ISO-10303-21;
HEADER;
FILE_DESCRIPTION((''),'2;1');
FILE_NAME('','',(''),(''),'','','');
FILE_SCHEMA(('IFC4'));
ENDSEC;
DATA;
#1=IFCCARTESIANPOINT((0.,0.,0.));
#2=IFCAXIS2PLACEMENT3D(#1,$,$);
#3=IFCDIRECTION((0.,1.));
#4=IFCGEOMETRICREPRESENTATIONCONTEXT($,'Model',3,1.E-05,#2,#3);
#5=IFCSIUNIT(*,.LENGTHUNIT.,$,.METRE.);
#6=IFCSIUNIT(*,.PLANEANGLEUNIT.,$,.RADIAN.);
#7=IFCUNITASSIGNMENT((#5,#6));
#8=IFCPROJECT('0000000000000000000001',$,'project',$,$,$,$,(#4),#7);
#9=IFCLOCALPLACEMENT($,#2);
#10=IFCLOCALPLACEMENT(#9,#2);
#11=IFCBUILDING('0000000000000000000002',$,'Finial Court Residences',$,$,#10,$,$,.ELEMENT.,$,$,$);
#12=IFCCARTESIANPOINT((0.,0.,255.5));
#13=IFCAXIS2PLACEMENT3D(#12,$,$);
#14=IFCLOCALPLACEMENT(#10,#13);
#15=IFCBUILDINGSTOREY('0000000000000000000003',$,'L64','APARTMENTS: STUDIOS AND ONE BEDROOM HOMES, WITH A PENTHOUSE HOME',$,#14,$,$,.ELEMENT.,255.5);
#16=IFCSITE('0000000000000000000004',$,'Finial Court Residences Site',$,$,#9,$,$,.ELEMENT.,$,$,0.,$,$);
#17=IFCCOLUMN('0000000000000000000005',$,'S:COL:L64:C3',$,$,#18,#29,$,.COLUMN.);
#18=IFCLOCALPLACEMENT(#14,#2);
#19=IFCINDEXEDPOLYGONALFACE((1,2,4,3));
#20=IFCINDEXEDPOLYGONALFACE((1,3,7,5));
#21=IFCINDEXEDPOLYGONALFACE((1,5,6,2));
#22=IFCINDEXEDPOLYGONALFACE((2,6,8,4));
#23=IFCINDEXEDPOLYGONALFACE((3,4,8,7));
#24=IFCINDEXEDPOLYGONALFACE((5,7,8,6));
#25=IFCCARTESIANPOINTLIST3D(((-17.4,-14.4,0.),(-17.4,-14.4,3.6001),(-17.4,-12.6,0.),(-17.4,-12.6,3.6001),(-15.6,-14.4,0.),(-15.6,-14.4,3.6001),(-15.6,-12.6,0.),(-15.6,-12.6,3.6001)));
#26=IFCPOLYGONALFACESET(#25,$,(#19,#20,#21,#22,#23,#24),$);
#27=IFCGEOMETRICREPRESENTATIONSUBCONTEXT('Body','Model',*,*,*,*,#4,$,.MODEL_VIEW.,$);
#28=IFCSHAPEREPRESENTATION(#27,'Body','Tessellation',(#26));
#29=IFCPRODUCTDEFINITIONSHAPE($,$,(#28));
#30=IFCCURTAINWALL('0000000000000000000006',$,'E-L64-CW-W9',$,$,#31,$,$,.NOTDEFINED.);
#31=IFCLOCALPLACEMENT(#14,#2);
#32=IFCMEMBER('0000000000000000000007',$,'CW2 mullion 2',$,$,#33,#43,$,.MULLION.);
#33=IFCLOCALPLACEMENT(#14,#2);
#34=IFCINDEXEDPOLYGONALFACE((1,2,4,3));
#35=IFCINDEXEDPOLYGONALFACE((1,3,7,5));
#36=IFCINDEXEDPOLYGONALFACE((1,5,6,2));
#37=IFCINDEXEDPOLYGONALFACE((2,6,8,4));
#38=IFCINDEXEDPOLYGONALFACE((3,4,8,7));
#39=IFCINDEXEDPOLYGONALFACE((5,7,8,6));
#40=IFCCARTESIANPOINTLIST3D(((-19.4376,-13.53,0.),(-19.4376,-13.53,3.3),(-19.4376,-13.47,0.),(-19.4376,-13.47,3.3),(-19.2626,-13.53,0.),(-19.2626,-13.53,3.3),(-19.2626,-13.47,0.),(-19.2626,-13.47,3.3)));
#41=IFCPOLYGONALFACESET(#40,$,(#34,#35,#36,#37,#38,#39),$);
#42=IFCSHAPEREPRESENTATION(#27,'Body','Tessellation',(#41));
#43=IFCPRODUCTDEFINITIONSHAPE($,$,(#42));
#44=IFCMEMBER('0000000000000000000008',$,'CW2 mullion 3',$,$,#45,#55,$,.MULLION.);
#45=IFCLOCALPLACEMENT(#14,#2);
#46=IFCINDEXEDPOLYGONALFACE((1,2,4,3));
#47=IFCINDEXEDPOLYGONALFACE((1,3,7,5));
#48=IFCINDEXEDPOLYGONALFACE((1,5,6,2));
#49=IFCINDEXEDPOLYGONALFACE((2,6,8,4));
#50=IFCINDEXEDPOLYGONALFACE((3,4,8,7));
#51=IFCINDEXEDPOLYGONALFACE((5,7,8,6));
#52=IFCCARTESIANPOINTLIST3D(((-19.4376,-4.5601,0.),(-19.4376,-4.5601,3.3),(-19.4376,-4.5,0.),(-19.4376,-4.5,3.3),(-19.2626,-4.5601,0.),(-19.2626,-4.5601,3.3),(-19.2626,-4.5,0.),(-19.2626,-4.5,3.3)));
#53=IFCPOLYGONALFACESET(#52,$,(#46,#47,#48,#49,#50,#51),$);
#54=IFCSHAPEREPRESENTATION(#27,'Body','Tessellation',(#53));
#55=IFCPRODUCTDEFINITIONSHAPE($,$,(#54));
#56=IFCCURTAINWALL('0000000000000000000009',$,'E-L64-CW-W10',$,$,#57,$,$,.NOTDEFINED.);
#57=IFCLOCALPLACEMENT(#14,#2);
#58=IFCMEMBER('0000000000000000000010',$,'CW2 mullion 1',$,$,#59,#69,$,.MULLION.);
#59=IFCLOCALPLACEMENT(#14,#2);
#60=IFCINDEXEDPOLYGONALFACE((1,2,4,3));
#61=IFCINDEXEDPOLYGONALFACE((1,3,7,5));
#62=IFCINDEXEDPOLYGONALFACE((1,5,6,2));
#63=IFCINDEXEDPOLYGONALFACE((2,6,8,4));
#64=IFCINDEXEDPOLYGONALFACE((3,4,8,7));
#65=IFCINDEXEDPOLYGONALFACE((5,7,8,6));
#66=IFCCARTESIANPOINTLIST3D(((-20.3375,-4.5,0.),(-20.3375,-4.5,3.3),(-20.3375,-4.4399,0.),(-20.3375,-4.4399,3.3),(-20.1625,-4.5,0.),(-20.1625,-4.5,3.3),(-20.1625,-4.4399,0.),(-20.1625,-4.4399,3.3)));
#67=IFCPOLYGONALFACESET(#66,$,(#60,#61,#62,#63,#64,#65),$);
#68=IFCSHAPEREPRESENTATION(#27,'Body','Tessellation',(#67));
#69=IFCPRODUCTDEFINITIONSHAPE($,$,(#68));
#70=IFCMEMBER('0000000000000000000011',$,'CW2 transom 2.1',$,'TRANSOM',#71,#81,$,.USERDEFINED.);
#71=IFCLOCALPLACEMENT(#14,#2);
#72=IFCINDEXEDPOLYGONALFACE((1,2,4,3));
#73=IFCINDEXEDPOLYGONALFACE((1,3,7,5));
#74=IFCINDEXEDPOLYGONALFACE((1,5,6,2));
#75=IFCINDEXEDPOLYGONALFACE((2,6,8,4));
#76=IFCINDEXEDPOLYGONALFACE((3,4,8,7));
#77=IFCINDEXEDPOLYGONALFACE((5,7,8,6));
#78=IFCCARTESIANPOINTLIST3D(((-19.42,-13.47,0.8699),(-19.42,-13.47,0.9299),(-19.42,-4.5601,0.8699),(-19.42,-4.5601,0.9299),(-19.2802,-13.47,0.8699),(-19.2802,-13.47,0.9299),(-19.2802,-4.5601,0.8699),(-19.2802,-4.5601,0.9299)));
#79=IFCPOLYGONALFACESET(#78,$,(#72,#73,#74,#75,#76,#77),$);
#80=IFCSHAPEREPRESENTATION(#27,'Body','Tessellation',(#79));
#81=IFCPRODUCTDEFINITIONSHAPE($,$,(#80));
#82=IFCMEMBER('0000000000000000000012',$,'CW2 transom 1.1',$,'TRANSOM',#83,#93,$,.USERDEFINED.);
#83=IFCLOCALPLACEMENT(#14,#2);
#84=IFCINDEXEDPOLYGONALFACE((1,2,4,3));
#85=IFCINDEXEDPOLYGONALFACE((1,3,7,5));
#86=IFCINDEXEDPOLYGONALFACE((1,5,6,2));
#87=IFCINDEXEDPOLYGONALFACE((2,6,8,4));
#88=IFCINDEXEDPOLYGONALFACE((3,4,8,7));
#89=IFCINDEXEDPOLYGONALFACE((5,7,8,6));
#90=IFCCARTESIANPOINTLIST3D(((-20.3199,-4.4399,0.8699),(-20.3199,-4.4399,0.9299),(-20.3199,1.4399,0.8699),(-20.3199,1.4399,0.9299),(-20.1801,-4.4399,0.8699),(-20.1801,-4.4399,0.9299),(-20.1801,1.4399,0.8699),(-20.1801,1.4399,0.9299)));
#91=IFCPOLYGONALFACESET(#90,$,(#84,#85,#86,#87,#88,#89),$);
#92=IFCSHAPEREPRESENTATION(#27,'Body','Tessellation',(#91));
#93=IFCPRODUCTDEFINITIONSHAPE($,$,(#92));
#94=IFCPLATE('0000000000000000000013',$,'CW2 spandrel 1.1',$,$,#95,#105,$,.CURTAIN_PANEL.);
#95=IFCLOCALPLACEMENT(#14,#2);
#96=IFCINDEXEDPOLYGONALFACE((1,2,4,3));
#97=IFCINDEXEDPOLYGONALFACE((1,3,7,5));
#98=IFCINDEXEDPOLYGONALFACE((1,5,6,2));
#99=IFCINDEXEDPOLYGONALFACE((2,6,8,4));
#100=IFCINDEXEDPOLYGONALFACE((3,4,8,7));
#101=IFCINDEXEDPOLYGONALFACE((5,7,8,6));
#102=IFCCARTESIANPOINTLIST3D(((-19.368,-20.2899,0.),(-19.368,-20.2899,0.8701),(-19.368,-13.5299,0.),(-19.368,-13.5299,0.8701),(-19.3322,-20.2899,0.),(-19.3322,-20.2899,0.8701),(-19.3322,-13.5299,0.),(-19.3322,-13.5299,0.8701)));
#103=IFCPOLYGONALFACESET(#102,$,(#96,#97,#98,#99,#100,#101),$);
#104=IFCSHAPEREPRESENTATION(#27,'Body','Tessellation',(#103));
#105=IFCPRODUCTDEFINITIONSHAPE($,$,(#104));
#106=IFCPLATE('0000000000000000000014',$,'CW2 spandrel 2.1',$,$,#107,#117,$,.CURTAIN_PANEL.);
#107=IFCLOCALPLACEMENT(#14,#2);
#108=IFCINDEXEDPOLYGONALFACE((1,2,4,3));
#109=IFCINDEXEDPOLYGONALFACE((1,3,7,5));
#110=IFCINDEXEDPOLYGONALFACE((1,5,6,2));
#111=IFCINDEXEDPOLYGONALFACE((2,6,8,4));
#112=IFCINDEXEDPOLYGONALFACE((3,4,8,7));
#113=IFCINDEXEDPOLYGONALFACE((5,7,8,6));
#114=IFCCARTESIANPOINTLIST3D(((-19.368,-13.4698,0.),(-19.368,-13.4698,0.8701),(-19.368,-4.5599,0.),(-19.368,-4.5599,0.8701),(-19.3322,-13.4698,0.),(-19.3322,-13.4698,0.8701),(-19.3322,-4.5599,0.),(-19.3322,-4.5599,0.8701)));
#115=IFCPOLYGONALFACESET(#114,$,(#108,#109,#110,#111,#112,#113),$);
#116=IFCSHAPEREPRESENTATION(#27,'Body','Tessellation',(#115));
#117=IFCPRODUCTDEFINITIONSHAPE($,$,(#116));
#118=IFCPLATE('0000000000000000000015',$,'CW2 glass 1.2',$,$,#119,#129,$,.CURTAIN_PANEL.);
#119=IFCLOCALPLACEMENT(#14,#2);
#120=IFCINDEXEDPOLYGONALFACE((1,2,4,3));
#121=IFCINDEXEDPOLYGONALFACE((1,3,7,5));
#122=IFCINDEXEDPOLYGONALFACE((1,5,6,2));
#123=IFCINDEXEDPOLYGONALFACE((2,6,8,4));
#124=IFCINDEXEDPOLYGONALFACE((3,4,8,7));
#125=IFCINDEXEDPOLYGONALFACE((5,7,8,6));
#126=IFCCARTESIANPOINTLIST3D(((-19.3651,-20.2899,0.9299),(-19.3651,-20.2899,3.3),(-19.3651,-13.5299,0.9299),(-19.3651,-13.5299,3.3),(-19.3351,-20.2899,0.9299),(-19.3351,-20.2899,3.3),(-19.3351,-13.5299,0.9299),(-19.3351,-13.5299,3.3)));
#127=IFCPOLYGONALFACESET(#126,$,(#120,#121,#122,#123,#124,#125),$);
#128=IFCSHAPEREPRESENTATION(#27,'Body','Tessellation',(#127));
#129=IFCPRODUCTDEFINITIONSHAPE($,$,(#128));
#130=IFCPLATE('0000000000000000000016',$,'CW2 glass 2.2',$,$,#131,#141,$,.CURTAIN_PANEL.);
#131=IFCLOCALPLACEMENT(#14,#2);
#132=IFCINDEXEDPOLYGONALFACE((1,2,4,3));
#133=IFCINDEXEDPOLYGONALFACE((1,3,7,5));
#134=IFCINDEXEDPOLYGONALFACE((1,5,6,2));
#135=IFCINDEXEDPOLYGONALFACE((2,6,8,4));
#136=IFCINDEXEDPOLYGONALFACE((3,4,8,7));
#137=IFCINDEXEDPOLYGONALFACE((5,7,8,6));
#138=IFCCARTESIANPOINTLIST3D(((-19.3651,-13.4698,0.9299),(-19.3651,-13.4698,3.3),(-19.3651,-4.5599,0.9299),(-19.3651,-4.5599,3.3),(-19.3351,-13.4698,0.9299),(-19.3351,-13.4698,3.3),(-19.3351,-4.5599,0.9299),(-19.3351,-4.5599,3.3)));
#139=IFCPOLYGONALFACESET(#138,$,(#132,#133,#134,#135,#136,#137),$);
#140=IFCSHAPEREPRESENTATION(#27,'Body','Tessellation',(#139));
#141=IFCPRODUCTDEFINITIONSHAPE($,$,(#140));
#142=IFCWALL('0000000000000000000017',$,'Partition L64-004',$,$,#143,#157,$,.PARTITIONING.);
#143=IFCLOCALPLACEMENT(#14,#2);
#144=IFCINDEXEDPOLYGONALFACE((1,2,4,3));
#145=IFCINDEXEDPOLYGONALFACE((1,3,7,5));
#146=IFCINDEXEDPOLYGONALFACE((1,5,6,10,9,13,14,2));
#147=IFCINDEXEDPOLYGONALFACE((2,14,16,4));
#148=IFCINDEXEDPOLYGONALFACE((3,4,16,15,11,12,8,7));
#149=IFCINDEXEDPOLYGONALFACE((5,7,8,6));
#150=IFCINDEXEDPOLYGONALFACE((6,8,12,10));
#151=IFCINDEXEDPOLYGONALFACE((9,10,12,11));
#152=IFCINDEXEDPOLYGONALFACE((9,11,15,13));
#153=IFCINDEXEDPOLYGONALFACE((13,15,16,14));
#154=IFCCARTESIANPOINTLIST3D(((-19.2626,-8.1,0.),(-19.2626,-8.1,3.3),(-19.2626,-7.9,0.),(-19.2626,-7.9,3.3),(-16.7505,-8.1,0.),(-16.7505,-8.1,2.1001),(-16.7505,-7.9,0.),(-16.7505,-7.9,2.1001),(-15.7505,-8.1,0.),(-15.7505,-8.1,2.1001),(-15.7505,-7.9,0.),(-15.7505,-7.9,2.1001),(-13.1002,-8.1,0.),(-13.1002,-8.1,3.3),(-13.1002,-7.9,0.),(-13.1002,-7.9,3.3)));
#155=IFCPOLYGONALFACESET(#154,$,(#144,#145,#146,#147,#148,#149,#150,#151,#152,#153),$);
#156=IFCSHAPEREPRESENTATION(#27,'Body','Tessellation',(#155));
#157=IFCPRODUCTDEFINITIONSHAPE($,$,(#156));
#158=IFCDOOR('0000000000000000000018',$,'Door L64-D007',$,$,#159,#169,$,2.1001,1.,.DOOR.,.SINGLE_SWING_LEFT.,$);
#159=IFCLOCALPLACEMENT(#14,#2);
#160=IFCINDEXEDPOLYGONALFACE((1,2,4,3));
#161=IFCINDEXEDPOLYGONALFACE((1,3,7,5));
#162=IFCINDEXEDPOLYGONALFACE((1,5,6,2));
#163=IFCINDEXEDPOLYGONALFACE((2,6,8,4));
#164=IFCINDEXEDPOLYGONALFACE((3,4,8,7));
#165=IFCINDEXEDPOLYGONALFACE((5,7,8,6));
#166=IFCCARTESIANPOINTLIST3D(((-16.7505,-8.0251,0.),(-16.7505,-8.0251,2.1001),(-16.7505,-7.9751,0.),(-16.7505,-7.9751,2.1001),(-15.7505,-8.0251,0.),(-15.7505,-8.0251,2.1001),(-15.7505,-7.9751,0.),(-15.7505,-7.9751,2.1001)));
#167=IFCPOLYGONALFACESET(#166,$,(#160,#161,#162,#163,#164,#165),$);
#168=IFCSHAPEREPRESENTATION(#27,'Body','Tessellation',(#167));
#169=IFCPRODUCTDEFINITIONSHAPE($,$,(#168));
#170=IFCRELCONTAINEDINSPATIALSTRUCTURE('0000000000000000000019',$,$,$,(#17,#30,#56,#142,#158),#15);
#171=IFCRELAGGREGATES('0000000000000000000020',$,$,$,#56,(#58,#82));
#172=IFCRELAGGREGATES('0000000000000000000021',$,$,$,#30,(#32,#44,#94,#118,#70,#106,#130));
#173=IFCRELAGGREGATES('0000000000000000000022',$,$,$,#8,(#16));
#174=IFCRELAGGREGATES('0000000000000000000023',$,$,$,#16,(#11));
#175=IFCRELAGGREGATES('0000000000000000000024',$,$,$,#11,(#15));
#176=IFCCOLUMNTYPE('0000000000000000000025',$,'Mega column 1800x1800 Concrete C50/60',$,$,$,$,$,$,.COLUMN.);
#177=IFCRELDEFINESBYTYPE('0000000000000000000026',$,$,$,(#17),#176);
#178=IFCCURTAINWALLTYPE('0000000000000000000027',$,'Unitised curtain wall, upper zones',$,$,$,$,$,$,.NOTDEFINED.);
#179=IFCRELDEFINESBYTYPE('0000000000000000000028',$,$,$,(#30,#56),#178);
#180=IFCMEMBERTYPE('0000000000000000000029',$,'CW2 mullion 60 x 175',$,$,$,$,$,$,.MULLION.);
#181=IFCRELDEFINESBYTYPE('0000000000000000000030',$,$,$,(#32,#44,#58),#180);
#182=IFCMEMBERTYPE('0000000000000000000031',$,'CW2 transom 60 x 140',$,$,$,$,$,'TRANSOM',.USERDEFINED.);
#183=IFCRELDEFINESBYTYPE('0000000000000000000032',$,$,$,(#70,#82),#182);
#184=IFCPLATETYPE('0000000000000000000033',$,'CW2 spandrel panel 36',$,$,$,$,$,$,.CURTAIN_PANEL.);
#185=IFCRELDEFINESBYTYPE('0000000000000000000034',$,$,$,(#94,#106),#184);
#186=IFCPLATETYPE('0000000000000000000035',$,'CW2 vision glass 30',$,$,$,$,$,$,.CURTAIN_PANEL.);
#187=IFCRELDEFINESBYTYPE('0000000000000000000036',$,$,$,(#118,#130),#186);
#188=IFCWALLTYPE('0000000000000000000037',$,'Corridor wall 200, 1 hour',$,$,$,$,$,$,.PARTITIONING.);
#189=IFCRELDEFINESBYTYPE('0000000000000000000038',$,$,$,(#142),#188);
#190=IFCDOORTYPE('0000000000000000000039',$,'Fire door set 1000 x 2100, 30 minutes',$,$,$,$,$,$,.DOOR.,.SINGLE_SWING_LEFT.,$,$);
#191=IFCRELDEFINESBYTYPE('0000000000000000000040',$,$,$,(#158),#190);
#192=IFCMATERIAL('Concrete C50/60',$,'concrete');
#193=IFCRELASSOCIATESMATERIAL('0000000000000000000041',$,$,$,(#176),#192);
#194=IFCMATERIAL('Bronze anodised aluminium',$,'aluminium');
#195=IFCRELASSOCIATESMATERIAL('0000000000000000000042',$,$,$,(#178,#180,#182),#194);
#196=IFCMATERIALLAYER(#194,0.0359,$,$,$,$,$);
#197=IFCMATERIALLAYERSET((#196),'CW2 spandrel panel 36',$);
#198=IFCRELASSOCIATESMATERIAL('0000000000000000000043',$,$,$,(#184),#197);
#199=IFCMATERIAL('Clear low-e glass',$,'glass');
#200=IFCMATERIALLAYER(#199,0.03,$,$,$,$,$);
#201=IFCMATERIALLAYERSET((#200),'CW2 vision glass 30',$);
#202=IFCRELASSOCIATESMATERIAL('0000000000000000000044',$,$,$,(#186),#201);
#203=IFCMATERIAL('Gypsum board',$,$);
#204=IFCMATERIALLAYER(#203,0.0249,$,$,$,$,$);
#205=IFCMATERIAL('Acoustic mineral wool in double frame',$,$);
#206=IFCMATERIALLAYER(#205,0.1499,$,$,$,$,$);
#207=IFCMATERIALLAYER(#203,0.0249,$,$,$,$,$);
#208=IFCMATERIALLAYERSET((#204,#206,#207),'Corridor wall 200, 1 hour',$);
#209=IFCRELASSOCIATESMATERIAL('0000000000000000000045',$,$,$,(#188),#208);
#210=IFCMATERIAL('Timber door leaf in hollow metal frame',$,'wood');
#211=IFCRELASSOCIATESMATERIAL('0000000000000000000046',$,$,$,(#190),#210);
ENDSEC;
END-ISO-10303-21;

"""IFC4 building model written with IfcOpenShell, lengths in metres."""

from ifc_helpers import new_model, si_unit, direction, frame, frame_2d, origin, origin_2d, place, context, subcontext, project, spatial, rectangle, extrude, material, layer, layer_set, material_profile, profile_set, type_object, element, fill, aggregate, save


model = new_model("IFC4")

# Units and contexts
model_context = context("Model", 3, precision=1e-05, world=origin(), true_north=direction((0.0, 1.0)))
body_context = subcontext(model_context, "Body", "Model", "MODEL_VIEW")
ifc_project = project(units=[si_unit("LENGTHUNIT", "METRE"), si_unit("PLANEANGLEUNIT", "RADIAN")], contexts=[model_context])

# Site, building, storey
site_placement = place(None, origin())
site = spatial("IfcSite", under=ifc_project, at=site_placement, Name="Finial Court Residences Site", CompositionType="ELEMENT", RefElevation=0.0)
building_placement = place(site_placement, origin())
building = spatial("IfcBuilding", under=site, at=building_placement, Name="Finial Court Residences", CompositionType="ELEMENT")
storey_placement = place(building_placement, frame((0.0, 0.0, 255.5)))
storey = spatial("IfcBuildingStorey", under=building, at=storey_placement, Name="L64", Description="APARTMENTS: STUDIOS AND ONE BEDROOM HOMES, WITH A PENTHOUSE HOME", CompositionType="ELEMENT", Elevation=255.5)

# Column
ifc_material_1 = material(Name="Concrete C50/60", Category="concrete")
ifc_material_profile_1 = material_profile(ifc_material_1, rectangle(XDim=1.8, YDim=1.8, at=origin_2d()), Name="1800x1800")
ifc_profile_set_1 = profile_set([ifc_material_profile_1], Name="Concrete C50/60")
column_type = type_object("IfcColumnType", Name="Mega column 1800x1800 Concrete C50/60", PredefinedType="COLUMN", material=ifc_profile_set_1)
column_placement = place(storey_placement, frame((-16.5, -13.5, 0.0), z_axis=(0.0, 0.0, 1.0), x_axis=(1.0, 0.0, 0.0)))
element("IfcColumn", 1, at=column_placement, inside=storey, type_object=column_type, Name="S:COL:L64:C3", PredefinedType="COLUMN", context=body_context, shape_type="SweptSolid", body=[
    extrude(rectangle(XDim=1.8, YDim=1.8, at=origin_2d()), origin(), (0.0, 0.0, 1.0), 3.6001),
])

# Curtain wall, members
ifc_material_2 = material(Name="Bronze anodised aluminium", Category="aluminium")
curtain_wall_type = type_object("IfcCurtainWallType", Name="Unitised curtain wall, upper zones", PredefinedType="NOTDEFINED", material=ifc_material_2)
curtain_wall_1_placement = place(storey_placement, origin())
curtain_wall_1 = element("IfcCurtainWall", 2, at=curtain_wall_1_placement, inside=storey, type_object=curtain_wall_type, Name="E-L64-CW-W9", PredefinedType="NOTDEFINED")
ifc_material_profile_2 = material_profile(ifc_material_2, rectangle(XDim=0.175, YDim=0.0601, at=origin_2d()), Name="CW2 mullion 60 x 175")
ifc_profile_set_2 = profile_set([ifc_material_profile_2], Name="Bronze anodised aluminium")
member_type_1 = type_object("IfcMemberType", Name="CW2 mullion 60 x 175", PredefinedType="MULLION", material=ifc_profile_set_2)
member_1_placement = place(storey_placement, frame((-19.3501, -13.5, 0.0), z_axis=(0.0, 0.0, 1.0), x_axis=(-1.0, 0.0, 0.0)))
member_1 = element("IfcMember", 3, at=member_1_placement, type_object=member_type_1, Name="CW2 mullion 2", PredefinedType="MULLION", context=body_context, shape_type="SweptSolid", body=[
    extrude(rectangle(XDim=0.175, YDim=0.0601, at=origin_2d()), origin(), (0.0, 0.0, 1.0), 3.3),
])
member_2_placement = place(storey_placement, frame((-19.3501, -4.53, 0.0), z_axis=(0.0, 0.0, 1.0), x_axis=(-1.0, 0.0, 0.0)))
member_2 = element("IfcMember", 4, at=member_2_placement, type_object=member_type_1, Name="CW2 mullion 3", PredefinedType="MULLION", context=body_context, shape_type="SweptSolid", body=[
    extrude(rectangle(XDim=0.175, YDim=0.0601, at=origin_2d()), origin(), (0.0, 0.0, 1.0), 3.3),
])

# Curtain wall, member
curtain_wall_2_placement = place(storey_placement, origin())
curtain_wall_2 = element("IfcCurtainWall", 5, at=curtain_wall_2_placement, inside=storey, type_object=curtain_wall_type, Name="E-L64-CW-W10", PredefinedType="NOTDEFINED")
member_3_placement = place(storey_placement, frame((-20.25, -4.47, 0.0), z_axis=(0.0, 0.0, 1.0), x_axis=(-1.0, 0.0, 0.0)))
member_3 = element("IfcMember", 6, at=member_3_placement, type_object=member_type_1, Name="CW2 mullion 1", PredefinedType="MULLION", context=body_context, shape_type="SweptSolid", body=[
    extrude(rectangle(XDim=0.175, YDim=0.0601, at=origin_2d()), origin(), (0.0, 0.0, 1.0), 3.3),
])

# Members
ifc_material_profile_3 = material_profile(ifc_material_2, rectangle(XDim=0.1399, YDim=0.0601, at=origin_2d()), Name="CW2 transom 60 x 140")
ifc_profile_set_3 = profile_set([ifc_material_profile_3], Name="Bronze anodised aluminium")
member_type_2 = type_object("IfcMemberType", Name="CW2 transom 60 x 140", ElementType="TRANSOM", PredefinedType="USERDEFINED", material=ifc_profile_set_3)
member_4_placement = place(storey_placement, frame((-19.3501, -13.47, 0.8999), z_axis=(0.0, 1.0, 0.0), x_axis=(-1.0, 0.0, 0.0)))
member_4 = element("IfcMember", 7, at=member_4_placement, type_object=member_type_2, Name="CW2 transom 2.1", ObjectType="TRANSOM", PredefinedType="USERDEFINED", context=body_context, shape_type="SweptSolid", body=[
    extrude(rectangle(XDim=0.1399, YDim=0.0601, at=origin_2d()), origin(), (0.0, 0.0, 1.0), 8.9099),
])
member_5_placement = place(storey_placement, frame((-20.25, -4.4399, 0.8999), z_axis=(0.0, 1.0, 0.0), x_axis=(-1.0, 0.0, 0.0)))
member_5 = element("IfcMember", 8, at=member_5_placement, type_object=member_type_2, Name="CW2 transom 1.1", ObjectType="TRANSOM", PredefinedType="USERDEFINED", context=body_context, shape_type="SweptSolid", body=[
    extrude(rectangle(XDim=0.1399, YDim=0.0601, at=origin_2d()), origin(), (0.0, 0.0, 1.0), 5.8799),
])
aggregate(curtain_wall_2, [member_3, member_5])

# Plates
ifc_layer_1 = layer(ifc_material_2, 0.0359)
ifc_layer_set_1 = layer_set([ifc_layer_1], Name="CW2 spandrel panel 36")
plate_type_1 = type_object("IfcPlateType", Name="CW2 spandrel panel 36", PredefinedType="CURTAIN_PANEL", material=ifc_layer_set_1)
plate_1_placement = place(storey_placement, frame((-19.3501, -16.9099, 0.0), z_axis=(0.0, 0.0, 1.0), x_axis=(0.0, 1.0, 0.0)))
plate_1 = element("IfcPlate", 9, at=plate_1_placement, type_object=plate_type_1, Name="CW2 spandrel 1.1", PredefinedType="CURTAIN_PANEL", context=body_context, shape_type="SweptSolid", body=[
    extrude(rectangle(XDim=6.76, YDim=0.0359, at=origin_2d()), origin(), (0.0, 0.0, 1.0), 0.8701),
])
plate_2_placement = place(storey_placement, frame((-19.3501, -9.0149, 0.0), z_axis=(0.0, 0.0, 1.0), x_axis=(0.0, 1.0, 0.0)))
plate_2 = element("IfcPlate", 10, at=plate_2_placement, type_object=plate_type_1, Name="CW2 spandrel 2.1", PredefinedType="CURTAIN_PANEL", context=body_context, shape_type="SweptSolid", body=[
    extrude(rectangle(XDim=8.9099, YDim=0.0359, at=origin_2d()), origin(), (0.0, 0.0, 1.0), 0.8701),
])
ifc_material_3 = material(Name="Clear low-e glass", Category="glass")
ifc_layer_2 = layer(ifc_material_3, 0.03)
ifc_layer_set_2 = layer_set([ifc_layer_2], Name="CW2 vision glass 30")
plate_type_2 = type_object("IfcPlateType", Name="CW2 vision glass 30", PredefinedType="CURTAIN_PANEL", material=ifc_layer_set_2)
plate_3_placement = place(storey_placement, frame((-19.3501, -16.9099, 0.9299), z_axis=(0.0, 0.0, 1.0), x_axis=(0.0, 1.0, 0.0)))
plate_3 = element("IfcPlate", 11, at=plate_3_placement, type_object=plate_type_2, Name="CW2 glass 1.2", PredefinedType="CURTAIN_PANEL", context=body_context, shape_type="SweptSolid", body=[
    extrude(rectangle(XDim=6.76, YDim=0.03, at=origin_2d()), origin(), (0.0, 0.0, 1.0), 2.3701),
])
plate_4_placement = place(storey_placement, frame((-19.3501, -9.0149, 0.9299), z_axis=(0.0, 0.0, 1.0), x_axis=(0.0, 1.0, 0.0)))
plate_4 = element("IfcPlate", 12, at=plate_4_placement, type_object=plate_type_2, Name="CW2 glass 2.2", PredefinedType="CURTAIN_PANEL", context=body_context, shape_type="SweptSolid", body=[
    extrude(rectangle(XDim=8.9099, YDim=0.03, at=origin_2d()), origin(), (0.0, 0.0, 1.0), 2.3701),
])
aggregate(curtain_wall_1, [member_1, member_2, plate_1, plate_3, member_4, plate_2, plate_4])

# Wall, opening, door
ifc_material_4 = material(Name="Gypsum board")
ifc_layer_3 = layer(ifc_material_4, 0.0249)
ifc_material_5 = material(Name="Acoustic mineral wool in double frame")
ifc_layer_4 = layer(ifc_material_5, 0.1499)
ifc_layer_5 = layer(ifc_material_4, 0.0249)
ifc_layer_set_3 = layer_set([ifc_layer_3, ifc_layer_4, ifc_layer_5], Name="Corridor wall 200, 1 hour")
wall_type_1 = type_object("IfcWallType", Name="Corridor wall 200, 1 hour", PredefinedType="PARTITIONING", material=ifc_layer_set_3)
wall_1_placement = place(storey_placement, frame((-19.2625, -8.0, 0.0), z_axis=(0.0, 0.0, 1.0), x_axis=(1.0, 0.0, 0.0)))
wall_1 = element("IfcWall", 13, at=wall_1_placement, inside=storey, type_object=wall_type_1, Name="Partition L64-004", PredefinedType="PARTITIONING", context=body_context, shape_type="SweptSolid", body=[
    extrude(rectangle(XDim=6.1624, YDim=0.2, at=frame_2d((3.0811, 0.0))), origin(), (0.0, 0.0, 1.0), 3.3),
])
opening_1_placement = place(wall_1_placement, frame((2.512, 0.0, 0.0)))
opening_1 = element("IfcOpeningElement", 14, at=opening_1_placement, cuts=wall_1, PredefinedType="OPENING", context=body_context, shape_type="SweptSolid", body=[
    extrude(rectangle(XDim=1.0, YDim=2.1001, at=frame_2d((0.5, 1.05))), frame((0.0, 0.1099, 0.0), z_axis=(0.0, -1.0, 0.0), x_axis=(1.0, 0.0, 0.0)), (0.0, 0.0, 1.0), 0.22),
])
ifc_material_6 = material(Name="Timber door leaf in hollow metal frame", Category="wood")
door_type_1 = type_object("IfcDoorType", Name="Fire door set 1000 x 2100, 30 minutes", OperationType="SINGLE_SWING_LEFT", PredefinedType="DOOR", material=ifc_material_6)
door_1_placement = place(opening_1_placement, origin())
door_1 = element("IfcDoor", 15, at=door_1_placement, inside=storey, type_object=door_type_1, Name="Door L64-D007", OperationType="SINGLE_SWING_LEFT", OverallHeight=2.1001, OverallWidth=1.0, PredefinedType="DOOR", context=body_context, shape_type="SweptSolid", body=[
    extrude(rectangle(XDim=1.0, YDim=2.1001, at=frame_2d((0.5, 1.05))), frame((0.0, 0.0249, 0.0), z_axis=(0.0, -1.0, 0.0), x_axis=(1.0, 0.0, 0.0)), (0.0, 0.0, 1.0), 0.05),
])
fill(opening_1, door_1)

save(model, "model.ifc")
